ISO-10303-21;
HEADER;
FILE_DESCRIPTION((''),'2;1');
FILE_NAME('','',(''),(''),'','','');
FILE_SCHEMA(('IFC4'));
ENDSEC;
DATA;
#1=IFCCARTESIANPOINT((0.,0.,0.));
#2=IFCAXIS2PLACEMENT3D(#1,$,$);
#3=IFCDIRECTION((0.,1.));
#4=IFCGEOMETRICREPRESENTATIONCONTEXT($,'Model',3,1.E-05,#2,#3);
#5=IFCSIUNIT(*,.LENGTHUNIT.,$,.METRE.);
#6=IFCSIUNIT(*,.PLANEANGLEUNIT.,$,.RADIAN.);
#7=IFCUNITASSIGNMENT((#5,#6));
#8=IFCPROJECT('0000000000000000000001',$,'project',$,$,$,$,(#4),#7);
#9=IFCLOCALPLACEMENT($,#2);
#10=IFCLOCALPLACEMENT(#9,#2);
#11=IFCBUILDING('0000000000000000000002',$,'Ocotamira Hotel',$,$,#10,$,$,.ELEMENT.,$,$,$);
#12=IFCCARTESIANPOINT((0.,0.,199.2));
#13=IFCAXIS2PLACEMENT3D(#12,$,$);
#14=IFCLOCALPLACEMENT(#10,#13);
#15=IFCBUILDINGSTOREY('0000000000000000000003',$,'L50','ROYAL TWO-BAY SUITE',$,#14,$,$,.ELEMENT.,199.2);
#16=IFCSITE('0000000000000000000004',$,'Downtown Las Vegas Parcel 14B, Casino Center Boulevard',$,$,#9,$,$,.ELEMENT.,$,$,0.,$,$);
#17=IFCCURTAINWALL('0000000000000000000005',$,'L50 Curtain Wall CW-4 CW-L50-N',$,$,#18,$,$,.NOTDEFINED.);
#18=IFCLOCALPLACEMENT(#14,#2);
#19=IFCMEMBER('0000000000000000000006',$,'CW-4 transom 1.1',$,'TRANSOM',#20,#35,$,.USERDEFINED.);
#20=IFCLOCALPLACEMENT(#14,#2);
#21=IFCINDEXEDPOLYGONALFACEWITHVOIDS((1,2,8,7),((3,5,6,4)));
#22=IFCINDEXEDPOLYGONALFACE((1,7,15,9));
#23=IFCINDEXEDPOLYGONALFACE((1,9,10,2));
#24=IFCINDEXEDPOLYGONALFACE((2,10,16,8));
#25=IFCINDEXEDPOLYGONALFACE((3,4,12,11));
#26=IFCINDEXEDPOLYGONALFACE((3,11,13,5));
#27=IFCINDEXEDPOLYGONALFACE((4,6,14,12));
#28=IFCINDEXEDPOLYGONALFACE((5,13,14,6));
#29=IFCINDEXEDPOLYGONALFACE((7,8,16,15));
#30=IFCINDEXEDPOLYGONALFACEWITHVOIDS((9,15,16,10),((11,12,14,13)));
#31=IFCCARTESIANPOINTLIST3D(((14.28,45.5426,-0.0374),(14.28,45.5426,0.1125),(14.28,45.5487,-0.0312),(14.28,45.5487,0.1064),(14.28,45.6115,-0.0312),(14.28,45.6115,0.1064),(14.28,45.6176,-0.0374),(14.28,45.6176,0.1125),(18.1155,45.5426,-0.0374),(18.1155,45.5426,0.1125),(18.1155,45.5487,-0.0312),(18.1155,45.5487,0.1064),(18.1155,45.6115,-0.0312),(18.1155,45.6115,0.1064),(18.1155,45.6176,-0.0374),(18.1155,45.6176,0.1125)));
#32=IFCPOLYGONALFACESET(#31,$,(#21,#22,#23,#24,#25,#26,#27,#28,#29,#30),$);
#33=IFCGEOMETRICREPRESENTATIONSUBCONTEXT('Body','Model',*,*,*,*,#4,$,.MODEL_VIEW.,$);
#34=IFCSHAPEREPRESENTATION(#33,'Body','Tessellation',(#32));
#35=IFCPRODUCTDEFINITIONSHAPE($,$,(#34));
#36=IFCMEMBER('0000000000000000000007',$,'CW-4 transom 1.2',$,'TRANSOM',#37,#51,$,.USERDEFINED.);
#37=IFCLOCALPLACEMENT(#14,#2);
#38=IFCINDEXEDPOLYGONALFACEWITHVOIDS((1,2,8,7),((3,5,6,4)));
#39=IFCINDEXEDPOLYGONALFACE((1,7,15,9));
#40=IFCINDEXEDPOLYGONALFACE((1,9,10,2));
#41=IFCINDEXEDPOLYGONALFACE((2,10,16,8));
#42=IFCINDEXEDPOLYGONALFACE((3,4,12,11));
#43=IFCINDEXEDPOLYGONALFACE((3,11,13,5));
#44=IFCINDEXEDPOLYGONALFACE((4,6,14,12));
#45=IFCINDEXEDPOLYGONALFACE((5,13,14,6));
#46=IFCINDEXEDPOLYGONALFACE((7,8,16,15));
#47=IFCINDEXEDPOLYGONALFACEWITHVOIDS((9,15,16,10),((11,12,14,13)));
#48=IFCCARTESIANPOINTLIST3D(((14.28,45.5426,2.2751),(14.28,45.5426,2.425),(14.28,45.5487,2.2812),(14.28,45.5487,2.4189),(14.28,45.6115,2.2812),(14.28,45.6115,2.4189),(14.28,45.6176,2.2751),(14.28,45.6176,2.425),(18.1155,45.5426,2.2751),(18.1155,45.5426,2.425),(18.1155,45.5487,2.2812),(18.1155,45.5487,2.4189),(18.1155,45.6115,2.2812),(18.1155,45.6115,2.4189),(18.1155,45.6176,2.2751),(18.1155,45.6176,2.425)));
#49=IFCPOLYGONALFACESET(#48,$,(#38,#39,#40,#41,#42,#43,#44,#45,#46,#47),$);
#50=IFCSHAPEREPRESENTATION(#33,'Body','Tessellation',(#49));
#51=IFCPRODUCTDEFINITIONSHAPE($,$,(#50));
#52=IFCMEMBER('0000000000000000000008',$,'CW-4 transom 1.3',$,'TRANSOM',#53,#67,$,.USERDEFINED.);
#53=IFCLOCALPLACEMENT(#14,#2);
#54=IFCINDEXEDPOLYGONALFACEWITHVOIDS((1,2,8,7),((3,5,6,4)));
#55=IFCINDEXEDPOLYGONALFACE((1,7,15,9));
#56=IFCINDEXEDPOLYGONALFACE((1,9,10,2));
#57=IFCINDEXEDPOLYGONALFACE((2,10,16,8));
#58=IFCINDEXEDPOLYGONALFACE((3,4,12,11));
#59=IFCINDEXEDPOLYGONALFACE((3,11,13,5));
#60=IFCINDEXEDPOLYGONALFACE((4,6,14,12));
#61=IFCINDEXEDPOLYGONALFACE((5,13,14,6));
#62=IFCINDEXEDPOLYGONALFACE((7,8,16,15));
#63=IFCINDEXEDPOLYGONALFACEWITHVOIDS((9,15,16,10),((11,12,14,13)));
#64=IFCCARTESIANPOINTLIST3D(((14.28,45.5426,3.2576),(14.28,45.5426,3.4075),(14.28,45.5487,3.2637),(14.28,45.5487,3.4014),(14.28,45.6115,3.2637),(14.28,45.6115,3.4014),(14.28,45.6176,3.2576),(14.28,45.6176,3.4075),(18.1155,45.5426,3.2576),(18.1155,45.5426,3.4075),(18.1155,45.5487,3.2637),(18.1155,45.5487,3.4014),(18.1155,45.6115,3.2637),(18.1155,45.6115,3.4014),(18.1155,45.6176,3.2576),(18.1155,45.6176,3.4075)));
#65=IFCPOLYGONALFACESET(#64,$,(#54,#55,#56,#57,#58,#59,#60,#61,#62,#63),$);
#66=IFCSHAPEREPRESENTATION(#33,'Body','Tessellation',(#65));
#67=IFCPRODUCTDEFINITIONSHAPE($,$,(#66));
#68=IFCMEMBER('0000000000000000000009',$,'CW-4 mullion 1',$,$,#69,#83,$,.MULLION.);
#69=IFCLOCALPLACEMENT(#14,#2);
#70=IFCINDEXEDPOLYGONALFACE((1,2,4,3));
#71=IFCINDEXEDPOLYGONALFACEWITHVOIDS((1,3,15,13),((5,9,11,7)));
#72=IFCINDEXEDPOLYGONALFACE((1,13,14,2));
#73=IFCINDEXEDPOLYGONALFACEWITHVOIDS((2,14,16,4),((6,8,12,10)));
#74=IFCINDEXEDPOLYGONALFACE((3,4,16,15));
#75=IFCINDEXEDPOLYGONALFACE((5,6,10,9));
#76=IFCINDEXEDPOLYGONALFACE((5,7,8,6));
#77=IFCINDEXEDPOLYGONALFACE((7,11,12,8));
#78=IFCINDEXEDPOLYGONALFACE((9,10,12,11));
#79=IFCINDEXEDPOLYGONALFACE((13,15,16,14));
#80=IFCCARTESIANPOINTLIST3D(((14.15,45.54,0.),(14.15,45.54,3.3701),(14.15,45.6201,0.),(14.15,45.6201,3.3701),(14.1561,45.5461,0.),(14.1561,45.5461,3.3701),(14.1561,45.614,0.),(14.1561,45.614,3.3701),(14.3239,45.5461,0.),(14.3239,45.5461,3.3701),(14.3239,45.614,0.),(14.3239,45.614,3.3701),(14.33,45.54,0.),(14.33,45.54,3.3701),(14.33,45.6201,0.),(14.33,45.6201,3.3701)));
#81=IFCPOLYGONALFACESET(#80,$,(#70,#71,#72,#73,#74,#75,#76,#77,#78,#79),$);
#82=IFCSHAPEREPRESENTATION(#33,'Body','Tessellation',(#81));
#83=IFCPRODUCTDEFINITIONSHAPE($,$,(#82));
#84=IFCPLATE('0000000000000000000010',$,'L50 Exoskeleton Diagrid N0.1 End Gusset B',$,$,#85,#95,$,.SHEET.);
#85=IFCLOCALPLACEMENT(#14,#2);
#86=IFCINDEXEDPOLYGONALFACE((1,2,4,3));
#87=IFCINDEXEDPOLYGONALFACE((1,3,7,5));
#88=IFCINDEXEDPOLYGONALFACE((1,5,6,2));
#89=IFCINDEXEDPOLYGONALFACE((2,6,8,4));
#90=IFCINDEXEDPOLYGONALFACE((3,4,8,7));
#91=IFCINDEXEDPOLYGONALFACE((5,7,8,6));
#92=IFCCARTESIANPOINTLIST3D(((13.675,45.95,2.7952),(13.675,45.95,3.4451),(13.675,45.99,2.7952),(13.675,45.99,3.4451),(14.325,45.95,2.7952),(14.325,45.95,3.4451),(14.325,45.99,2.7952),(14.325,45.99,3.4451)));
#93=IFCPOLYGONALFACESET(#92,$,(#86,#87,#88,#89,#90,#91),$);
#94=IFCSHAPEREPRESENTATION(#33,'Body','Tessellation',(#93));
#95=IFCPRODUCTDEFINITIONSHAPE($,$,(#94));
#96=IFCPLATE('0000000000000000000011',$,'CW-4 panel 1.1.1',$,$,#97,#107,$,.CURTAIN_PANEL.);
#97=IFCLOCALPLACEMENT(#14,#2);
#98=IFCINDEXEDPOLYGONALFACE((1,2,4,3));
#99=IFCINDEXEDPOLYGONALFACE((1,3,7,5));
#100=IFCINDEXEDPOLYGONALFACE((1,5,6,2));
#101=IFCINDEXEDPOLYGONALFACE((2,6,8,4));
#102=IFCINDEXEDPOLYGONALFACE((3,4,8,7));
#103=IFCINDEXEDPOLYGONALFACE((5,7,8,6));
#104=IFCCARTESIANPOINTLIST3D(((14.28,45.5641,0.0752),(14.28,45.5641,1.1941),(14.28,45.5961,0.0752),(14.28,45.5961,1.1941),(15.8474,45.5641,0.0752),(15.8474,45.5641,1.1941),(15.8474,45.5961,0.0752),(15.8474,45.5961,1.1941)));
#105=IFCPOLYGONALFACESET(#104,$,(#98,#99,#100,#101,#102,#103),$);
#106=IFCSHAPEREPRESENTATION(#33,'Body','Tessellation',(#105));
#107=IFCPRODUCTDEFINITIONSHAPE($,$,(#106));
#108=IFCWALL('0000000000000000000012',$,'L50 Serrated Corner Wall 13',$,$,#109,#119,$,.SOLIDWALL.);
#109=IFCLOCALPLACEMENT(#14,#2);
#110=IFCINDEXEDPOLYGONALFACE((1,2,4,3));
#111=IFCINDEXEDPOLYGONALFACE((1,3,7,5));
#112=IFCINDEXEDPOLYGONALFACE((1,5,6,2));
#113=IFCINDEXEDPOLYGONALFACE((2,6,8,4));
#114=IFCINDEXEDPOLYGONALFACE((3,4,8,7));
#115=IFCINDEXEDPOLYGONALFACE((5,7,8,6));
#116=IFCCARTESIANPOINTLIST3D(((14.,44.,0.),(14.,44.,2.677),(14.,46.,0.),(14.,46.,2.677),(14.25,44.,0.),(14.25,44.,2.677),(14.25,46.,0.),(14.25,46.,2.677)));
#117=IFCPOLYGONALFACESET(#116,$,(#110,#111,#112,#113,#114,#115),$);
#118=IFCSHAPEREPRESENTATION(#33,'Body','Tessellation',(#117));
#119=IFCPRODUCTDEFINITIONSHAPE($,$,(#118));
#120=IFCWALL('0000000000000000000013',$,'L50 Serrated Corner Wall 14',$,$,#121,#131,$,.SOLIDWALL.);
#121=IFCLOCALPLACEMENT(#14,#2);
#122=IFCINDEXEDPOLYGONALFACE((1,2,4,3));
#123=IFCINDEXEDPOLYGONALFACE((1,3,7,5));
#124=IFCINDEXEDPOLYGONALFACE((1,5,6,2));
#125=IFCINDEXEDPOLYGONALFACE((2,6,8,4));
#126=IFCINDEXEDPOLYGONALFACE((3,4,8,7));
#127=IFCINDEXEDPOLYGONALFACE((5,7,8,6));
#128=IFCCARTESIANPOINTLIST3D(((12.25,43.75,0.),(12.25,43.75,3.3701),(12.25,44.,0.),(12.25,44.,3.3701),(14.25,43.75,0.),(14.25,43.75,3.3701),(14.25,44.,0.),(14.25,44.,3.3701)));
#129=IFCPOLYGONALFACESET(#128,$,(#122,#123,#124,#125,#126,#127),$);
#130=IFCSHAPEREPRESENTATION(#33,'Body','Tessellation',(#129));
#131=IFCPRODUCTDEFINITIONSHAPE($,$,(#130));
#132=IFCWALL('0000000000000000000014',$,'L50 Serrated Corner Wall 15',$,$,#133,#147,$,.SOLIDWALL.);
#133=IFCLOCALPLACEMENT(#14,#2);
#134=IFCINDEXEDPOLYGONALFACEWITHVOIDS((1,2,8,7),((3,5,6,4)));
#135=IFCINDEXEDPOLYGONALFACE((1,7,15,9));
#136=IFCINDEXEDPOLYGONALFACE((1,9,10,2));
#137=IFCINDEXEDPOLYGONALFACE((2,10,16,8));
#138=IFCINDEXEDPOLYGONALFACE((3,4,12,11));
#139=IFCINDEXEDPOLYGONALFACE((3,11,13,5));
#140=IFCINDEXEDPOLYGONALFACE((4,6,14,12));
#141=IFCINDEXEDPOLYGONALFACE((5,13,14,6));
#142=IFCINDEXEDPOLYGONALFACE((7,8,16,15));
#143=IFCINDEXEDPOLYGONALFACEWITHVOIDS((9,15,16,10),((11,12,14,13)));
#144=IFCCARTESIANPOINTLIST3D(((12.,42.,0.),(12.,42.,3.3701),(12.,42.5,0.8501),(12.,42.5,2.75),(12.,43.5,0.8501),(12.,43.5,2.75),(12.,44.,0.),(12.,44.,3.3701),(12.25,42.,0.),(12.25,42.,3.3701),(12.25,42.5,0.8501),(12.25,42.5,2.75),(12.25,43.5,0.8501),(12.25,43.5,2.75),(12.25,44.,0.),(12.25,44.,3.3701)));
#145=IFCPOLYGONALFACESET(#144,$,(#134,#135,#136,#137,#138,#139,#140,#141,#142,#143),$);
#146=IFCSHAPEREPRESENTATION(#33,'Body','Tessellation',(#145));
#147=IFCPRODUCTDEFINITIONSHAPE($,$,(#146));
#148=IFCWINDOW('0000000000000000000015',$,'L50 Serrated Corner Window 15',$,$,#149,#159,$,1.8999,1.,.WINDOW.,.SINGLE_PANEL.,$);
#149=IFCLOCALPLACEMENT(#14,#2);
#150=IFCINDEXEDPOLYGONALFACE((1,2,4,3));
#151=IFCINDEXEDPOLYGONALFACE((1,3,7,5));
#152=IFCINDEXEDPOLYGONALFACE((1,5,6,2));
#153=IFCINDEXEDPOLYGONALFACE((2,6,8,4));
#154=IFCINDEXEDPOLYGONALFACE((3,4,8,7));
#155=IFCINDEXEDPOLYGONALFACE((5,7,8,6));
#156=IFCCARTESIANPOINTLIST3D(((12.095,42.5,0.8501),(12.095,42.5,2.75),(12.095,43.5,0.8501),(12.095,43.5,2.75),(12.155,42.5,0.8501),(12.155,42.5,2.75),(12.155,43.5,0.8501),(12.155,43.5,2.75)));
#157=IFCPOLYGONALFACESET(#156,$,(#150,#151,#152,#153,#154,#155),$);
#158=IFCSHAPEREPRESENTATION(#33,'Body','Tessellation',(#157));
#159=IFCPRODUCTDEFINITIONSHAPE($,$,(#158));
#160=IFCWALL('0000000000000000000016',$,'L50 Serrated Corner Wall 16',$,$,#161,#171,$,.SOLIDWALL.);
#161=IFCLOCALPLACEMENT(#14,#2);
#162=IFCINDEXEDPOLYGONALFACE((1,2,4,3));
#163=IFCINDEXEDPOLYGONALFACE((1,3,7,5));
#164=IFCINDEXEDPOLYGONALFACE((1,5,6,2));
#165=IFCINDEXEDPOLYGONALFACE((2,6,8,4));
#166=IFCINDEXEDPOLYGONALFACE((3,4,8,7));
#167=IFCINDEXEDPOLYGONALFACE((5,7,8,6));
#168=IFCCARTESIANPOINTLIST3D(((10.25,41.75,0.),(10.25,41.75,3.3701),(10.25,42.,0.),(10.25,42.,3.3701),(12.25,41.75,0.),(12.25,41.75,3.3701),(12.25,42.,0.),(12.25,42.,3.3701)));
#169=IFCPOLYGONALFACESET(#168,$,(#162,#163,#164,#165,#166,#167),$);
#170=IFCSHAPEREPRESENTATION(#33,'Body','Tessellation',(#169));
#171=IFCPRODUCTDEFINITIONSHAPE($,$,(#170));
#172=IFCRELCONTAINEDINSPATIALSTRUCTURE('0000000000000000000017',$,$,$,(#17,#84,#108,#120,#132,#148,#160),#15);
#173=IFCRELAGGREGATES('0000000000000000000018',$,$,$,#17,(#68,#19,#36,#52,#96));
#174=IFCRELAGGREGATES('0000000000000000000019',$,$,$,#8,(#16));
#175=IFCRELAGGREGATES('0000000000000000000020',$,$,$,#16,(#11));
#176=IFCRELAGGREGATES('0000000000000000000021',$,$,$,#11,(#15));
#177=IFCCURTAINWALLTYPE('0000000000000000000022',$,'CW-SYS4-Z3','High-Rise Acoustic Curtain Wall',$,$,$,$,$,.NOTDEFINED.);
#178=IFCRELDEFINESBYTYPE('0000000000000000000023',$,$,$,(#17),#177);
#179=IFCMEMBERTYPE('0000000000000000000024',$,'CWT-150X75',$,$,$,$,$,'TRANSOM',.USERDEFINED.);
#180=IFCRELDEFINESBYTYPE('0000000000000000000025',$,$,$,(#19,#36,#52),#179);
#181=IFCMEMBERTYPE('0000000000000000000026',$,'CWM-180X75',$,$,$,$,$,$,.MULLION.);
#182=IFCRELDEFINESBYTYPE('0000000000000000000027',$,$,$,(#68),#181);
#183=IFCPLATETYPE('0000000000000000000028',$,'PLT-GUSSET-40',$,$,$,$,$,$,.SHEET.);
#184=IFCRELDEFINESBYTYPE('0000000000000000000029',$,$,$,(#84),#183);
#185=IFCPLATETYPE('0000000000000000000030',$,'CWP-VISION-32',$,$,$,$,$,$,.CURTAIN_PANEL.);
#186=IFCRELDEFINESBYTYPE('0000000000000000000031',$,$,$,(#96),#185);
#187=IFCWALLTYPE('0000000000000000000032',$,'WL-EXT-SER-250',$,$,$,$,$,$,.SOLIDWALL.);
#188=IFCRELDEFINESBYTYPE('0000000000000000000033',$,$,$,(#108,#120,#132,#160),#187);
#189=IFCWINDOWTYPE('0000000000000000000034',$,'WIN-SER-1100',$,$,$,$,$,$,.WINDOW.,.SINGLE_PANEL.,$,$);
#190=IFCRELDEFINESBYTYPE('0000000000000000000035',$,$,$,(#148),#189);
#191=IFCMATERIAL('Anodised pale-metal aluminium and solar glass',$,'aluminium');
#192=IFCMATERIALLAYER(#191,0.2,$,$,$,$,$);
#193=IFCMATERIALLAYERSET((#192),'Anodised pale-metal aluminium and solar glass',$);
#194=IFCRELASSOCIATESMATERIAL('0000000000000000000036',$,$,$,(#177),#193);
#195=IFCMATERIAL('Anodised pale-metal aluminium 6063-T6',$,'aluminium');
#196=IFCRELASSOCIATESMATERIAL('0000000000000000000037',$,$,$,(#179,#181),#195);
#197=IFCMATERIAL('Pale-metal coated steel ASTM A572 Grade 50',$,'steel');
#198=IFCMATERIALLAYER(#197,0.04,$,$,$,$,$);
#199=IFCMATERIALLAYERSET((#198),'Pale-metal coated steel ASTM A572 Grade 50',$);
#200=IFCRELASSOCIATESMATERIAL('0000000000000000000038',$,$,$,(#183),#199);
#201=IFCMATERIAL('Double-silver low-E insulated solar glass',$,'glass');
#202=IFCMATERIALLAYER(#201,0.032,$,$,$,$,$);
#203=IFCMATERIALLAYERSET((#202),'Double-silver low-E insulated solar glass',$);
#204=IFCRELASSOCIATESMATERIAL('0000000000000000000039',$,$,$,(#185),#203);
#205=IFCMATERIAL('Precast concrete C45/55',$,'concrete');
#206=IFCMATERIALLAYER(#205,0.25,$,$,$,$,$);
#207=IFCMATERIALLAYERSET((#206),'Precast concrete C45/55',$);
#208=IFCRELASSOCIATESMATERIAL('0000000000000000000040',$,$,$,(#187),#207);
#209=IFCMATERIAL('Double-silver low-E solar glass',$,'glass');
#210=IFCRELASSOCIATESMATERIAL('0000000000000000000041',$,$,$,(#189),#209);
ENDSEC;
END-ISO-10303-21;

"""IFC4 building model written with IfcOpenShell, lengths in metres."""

from ifc_helpers import new_model, si_unit, direction, frame, frame_2d, origin, origin_2d, place, context, subcontext, project, spatial, rectangle, hollow_rectangle, extrude, source, transform, mapped, material, layer, layer_set, material_profile, profile_set, type_object, element, fill, aggregate, save


model = new_model("IFC4")

# Units and contexts
model_context = context("Model", 3, precision=1e-05, world=origin(), true_north=direction((0.0, 1.0)))
body_context = subcontext(model_context, "Body", "Model", "MODEL_VIEW")
ifc_project = project(units=[si_unit("LENGTHUNIT", "METRE"), si_unit("PLANEANGLEUNIT", "RADIAN")], contexts=[model_context])

# Site, building, storey
site_placement = place(None, origin())
site = spatial("IfcSite", under=ifc_project, at=site_placement, Name="Downtown Las Vegas Parcel 14B, Casino Center Boulevard", CompositionType="ELEMENT", RefElevation=0.0)
building_placement = place(site_placement, origin())
building = spatial("IfcBuilding", under=site, at=building_placement, Name="Ocotamira Hotel", CompositionType="ELEMENT")
storey_placement = place(building_placement, frame((0.0, 0.0, 199.2)))
storey = spatial("IfcBuildingStorey", under=building, at=storey_placement, Name="L50", Description="ROYAL TWO-BAY SUITE", CompositionType="ELEMENT", Elevation=199.2)

# Curtain wall, members
ifc_material_1 = material(Name="Anodised pale-metal aluminium and solar glass", Category="aluminium")
ifc_layer_1 = layer(ifc_material_1, 0.2)
ifc_layer_set_1 = layer_set([ifc_layer_1], Name="Anodised pale-metal aluminium and solar glass")
curtain_wall_type = type_object("IfcCurtainWallType", Name="CW-SYS4-Z3", Description="High-Rise Acoustic Curtain Wall", PredefinedType="NOTDEFINED", material=ifc_layer_set_1)
curtain_wall_placement = place(storey_placement, origin())
curtain_wall = element("IfcCurtainWall", 1, at=curtain_wall_placement, inside=storey, type_object=curtain_wall_type, Name="L50 Curtain Wall CW-4 CW-L50-N", PredefinedType="NOTDEFINED")
ifc_material_2 = material(Name="Anodised pale-metal aluminium 6063-T6", Category="aluminium")
ifc_material_profile_1 = material_profile(ifc_material_2, hollow_rectangle(XDim=0.075, YDim=0.1499, WallThickness=0.0061, at=origin_2d()), Name="HSS150X75X6")
ifc_profile_set_1 = profile_set([ifc_material_profile_1], Name="Anodised pale-metal aluminium 6063-T6")
member_type_1 = type_object("IfcMemberType", Name="CWT-150X75", ElementType="TRANSOM", PredefinedType="USERDEFINED", material=ifc_profile_set_1)
shared_shape_1 = source(origin(), body_context, "Body", "SweptSolid", [
    extrude(hollow_rectangle(XDim=0.075, YDim=0.1499, WallThickness=0.0061, at=origin_2d()), origin(), (0.0, 0.0, 1.0), 3.8354),
])
member_1_placement = place(storey_placement, frame((14.28, 45.5801, 0.0376), z_axis=(1.0, 0.0, 0.0), x_axis=(0.0, 1.0, 0.0)))
member_1 = element("IfcMember", 2, at=member_1_placement, type_object=member_type_1, Name="CW-4 transom 1.1", ObjectType="TRANSOM", PredefinedType="USERDEFINED", context=body_context, shape_type="MappedRepresentation", body=[
    mapped(shared_shape_1, transform((0.0, 0.0, 0.0), scale=1.0)),
])
member_2_placement = place(storey_placement, frame((14.28, 45.5801, 2.3501), z_axis=(1.0, 0.0, 0.0), x_axis=(0.0, 1.0, 0.0)))
member_2 = element("IfcMember", 3, at=member_2_placement, type_object=member_type_1, Name="CW-4 transom 1.2", ObjectType="TRANSOM", PredefinedType="USERDEFINED", context=body_context, shape_type="MappedRepresentation", body=[
    mapped(shared_shape_1, transform((0.0, 0.0, 0.0), scale=1.0)),
])
member_3_placement = place(storey_placement, frame((14.28, 45.5801, 3.3325), z_axis=(1.0, 0.0, 0.0), x_axis=(0.0, 1.0, 0.0)))
member_3 = element("IfcMember", 4, at=member_3_placement, type_object=member_type_1, Name="CW-4 transom 1.3", ObjectType="TRANSOM", PredefinedType="USERDEFINED", context=body_context, shape_type="MappedRepresentation", body=[
    mapped(shared_shape_1, transform((0.0, 0.0, 0.0), scale=1.0)),
])
ifc_material_profile_2 = material_profile(ifc_material_2, hollow_rectangle(XDim=0.0801, YDim=0.1799, WallThickness=0.0061, at=origin_2d()), Name="HSS180X80X6")
ifc_profile_set_2 = profile_set([ifc_material_profile_2], Name="Anodised pale-metal aluminium 6063-T6")
member_type_2 = type_object("IfcMemberType", Name="CWM-180X75", PredefinedType="MULLION", material=ifc_profile_set_2)
shared_shape_2 = source(origin(), body_context, "Body", "SweptSolid", [
    extrude(hollow_rectangle(XDim=0.0801, YDim=0.1799, WallThickness=0.0061, at=origin_2d()), origin(), (0.0, 0.0, 1.0), 3.3701),
])
member_4_placement = place(storey_placement, frame((14.24, 45.5801, 0.0), z_axis=(0.0, 0.0, 1.0), x_axis=(0.0, 1.0, 0.0)))
member_4 = element("IfcMember", 5, at=member_4_placement, type_object=member_type_2, Name="CW-4 mullion 1", PredefinedType="MULLION", context=body_context, shape_type="MappedRepresentation", body=[
    mapped(shared_shape_2, transform((0.0, 0.0, 0.0), scale=1.0)),
])

# Plates
ifc_material_3 = material(Name="Pale-metal coated steel ASTM A572 Grade 50", Category="steel")
ifc_layer_2 = layer(ifc_material_3, 0.04)
ifc_layer_set_2 = layer_set([ifc_layer_2], Name="Pale-metal coated steel ASTM A572 Grade 50")
plate_type_1 = type_object("IfcPlateType", Name="PLT-GUSSET-40", PredefinedType="SHEET", material=ifc_layer_set_2)
shared_shape_3 = source(origin(), body_context, "Body", "SweptSolid", [
    extrude(rectangle(XDim=0.6499, YDim=0.04, at=origin_2d()), origin(), (0.0, 0.0, 1.0), 0.6499),
])
plate_1_placement = place(storey_placement, frame((14.0, 45.97, 2.7952), z_axis=(0.0, 0.0, 1.0), x_axis=(-1.0, 0.0, 0.0)))
element("IfcPlate", 6, at=plate_1_placement, inside=storey, type_object=plate_type_1, Name="L50 Exoskeleton Diagrid N0.1 End Gusset B", PredefinedType="SHEET", context=body_context, shape_type="MappedRepresentation", body=[
    mapped(shared_shape_3, transform((0.0, 0.0, 0.0), scale=1.0)),
])
ifc_material_4 = material(Name="Double-silver low-E insulated solar glass", Category="glass")
ifc_layer_3 = layer(ifc_material_4, 0.032)
ifc_layer_set_3 = layer_set([ifc_layer_3], Name="Double-silver low-E insulated solar glass")
plate_type_2 = type_object("IfcPlateType", Name="CWP-VISION-32", PredefinedType="CURTAIN_PANEL", material=ifc_layer_set_3)
shared_shape_4 = source(origin(), body_context, "Body", "SweptSolid", [
    extrude(rectangle(XDim=1.5674, YDim=0.032, at=origin_2d()), origin(), (0.0, 0.0, 1.0), 1.1189),
])
plate_2_placement = place(storey_placement, frame((15.0637, 45.5801, 0.0752), z_axis=(0.0, 0.0, 1.0), x_axis=(1.0, 0.0, 0.0)))
plate_2 = element("IfcPlate", 7, at=plate_2_placement, type_object=plate_type_2, Name="CW-4 panel 1.1.1", PredefinedType="CURTAIN_PANEL", context=body_context, shape_type="MappedRepresentation", body=[
    mapped(shared_shape_4, transform((0.0, 0.0, 0.0), scale=1.0)),
])
aggregate(curtain_wall, [member_4, member_1, member_2, member_3, plate_2])

# Walls
ifc_material_5 = material(Name="Precast concrete C45/55", Category="concrete")
ifc_layer_4 = layer(ifc_material_5, 0.25)
ifc_layer_set_4 = layer_set([ifc_layer_4], Name="Precast concrete C45/55")
wall_type_1 = type_object("IfcWallType", Name="WL-EXT-SER-250", PredefinedType="SOLIDWALL", material=ifc_layer_set_4)
wall_1_placement = place(storey_placement, frame((14.125, 46.0, 0.0), z_axis=(0.0, 0.0, 1.0), x_axis=(0.0, -1.0, 0.0)))
element("IfcWall", 8, at=wall_1_placement, inside=storey, type_object=wall_type_1, Name="L50 Serrated Corner Wall 13", PredefinedType="SOLIDWALL", context=body_context, shape_type="SweptSolid", body=[
    extrude(rectangle(XDim=2.0, YDim=0.25, at=frame_2d((1.0, 0.0))), origin(), (0.0, 0.0, 1.0), 2.677),
])
wall_2_placement = place(storey_placement, frame((14.25, 43.875, 0.0), z_axis=(0.0, 0.0, 1.0), x_axis=(-1.0, 0.0, 0.0)))
element("IfcWall", 9, at=wall_2_placement, inside=storey, type_object=wall_type_1, Name="L50 Serrated Corner Wall 14", PredefinedType="SOLIDWALL", context=body_context, shape_type="SweptSolid", body=[
    extrude(rectangle(XDim=2.0, YDim=0.25, at=frame_2d((1.0, 0.0))), origin(), (0.0, 0.0, 1.0), 3.3701),
])

# Wall, opening, window
wall_3_placement = place(storey_placement, frame((12.125, 44.0, 0.0), z_axis=(0.0, 0.0, 1.0), x_axis=(0.0, -1.0, 0.0)))
wall_3 = element("IfcWall", 10, at=wall_3_placement, inside=storey, type_object=wall_type_1, Name="L50 Serrated Corner Wall 15", PredefinedType="SOLIDWALL", context=body_context, shape_type="SweptSolid", body=[
    extrude(rectangle(XDim=2.0, YDim=0.25, at=frame_2d((1.0, 0.0))), origin(), (0.0, 0.0, 1.0), 3.3701),
])
opening_placement = place(wall_3_placement, frame((0.5, 0.0, 0.8501)))
opening = element("IfcOpeningElement", 11, at=opening_placement, cuts=wall_3, PredefinedType="OPENING", context=body_context, shape_type="SweptSolid", body=[
    extrude(rectangle(XDim=1.0, YDim=1.8999, at=frame_2d((0.5, 0.95))), frame((0.0, 0.135, 0.0), z_axis=(0.0, -1.0, 0.0), x_axis=(1.0, 0.0, 0.0)), (0.0, 0.0, 1.0), 0.27),
])
ifc_material_6 = material(Name="Double-silver low-E solar glass", Category="glass")
window_type = type_object("IfcWindowType", Name="WIN-SER-1100", PartitioningType="SINGLE_PANEL", PredefinedType="WINDOW", material=ifc_material_6)
shared_shape_5 = source(origin(), body_context, "Body", "SweptSolid", [
    extrude(rectangle(XDim=1.0, YDim=1.8999, at=frame_2d((0.5, 0.95))), frame((0.0, 0.03, 0.0), z_axis=(0.0, -1.0, 0.0), x_axis=(1.0, 0.0, 0.0)), (0.0, 0.0, 1.0), 0.0601),
])
window_placement = place(opening_placement, origin())
window = element("IfcWindow", 12, at=window_placement, inside=storey, type_object=window_type, Name="L50 Serrated Corner Window 15", OverallHeight=1.8999, OverallWidth=1.0, PartitioningType="SINGLE_PANEL", PredefinedType="WINDOW", context=body_context, shape_type="MappedRepresentation", body=[
    mapped(shared_shape_5, transform((0.0, 0.0, 0.0), scale=1.0)),
])
fill(opening, window)

# Wall
for number, where, z_axis, x_axis, name in (
    (13, (12.25, 41.875, 0.0), (0.0, 0.0, 1.0), (-1.0, 0.0, 0.0), "L50 Serrated Corner Wall 16"),
):
    element("IfcWall", number, at=place(storey_placement, frame(where, z_axis=z_axis, x_axis=x_axis)), inside=storey, type_object=wall_type_1, Name=name, PredefinedType="SOLIDWALL", context=body_context, shape_type="SweptSolid", body=[
        extrude(rectangle(XDim=2.0, YDim=0.25, at=frame_2d((1.0, 0.0))), origin(), (0.0, 0.0, 1.0), 3.3701),
    ])

save(model, "model.ifc")
